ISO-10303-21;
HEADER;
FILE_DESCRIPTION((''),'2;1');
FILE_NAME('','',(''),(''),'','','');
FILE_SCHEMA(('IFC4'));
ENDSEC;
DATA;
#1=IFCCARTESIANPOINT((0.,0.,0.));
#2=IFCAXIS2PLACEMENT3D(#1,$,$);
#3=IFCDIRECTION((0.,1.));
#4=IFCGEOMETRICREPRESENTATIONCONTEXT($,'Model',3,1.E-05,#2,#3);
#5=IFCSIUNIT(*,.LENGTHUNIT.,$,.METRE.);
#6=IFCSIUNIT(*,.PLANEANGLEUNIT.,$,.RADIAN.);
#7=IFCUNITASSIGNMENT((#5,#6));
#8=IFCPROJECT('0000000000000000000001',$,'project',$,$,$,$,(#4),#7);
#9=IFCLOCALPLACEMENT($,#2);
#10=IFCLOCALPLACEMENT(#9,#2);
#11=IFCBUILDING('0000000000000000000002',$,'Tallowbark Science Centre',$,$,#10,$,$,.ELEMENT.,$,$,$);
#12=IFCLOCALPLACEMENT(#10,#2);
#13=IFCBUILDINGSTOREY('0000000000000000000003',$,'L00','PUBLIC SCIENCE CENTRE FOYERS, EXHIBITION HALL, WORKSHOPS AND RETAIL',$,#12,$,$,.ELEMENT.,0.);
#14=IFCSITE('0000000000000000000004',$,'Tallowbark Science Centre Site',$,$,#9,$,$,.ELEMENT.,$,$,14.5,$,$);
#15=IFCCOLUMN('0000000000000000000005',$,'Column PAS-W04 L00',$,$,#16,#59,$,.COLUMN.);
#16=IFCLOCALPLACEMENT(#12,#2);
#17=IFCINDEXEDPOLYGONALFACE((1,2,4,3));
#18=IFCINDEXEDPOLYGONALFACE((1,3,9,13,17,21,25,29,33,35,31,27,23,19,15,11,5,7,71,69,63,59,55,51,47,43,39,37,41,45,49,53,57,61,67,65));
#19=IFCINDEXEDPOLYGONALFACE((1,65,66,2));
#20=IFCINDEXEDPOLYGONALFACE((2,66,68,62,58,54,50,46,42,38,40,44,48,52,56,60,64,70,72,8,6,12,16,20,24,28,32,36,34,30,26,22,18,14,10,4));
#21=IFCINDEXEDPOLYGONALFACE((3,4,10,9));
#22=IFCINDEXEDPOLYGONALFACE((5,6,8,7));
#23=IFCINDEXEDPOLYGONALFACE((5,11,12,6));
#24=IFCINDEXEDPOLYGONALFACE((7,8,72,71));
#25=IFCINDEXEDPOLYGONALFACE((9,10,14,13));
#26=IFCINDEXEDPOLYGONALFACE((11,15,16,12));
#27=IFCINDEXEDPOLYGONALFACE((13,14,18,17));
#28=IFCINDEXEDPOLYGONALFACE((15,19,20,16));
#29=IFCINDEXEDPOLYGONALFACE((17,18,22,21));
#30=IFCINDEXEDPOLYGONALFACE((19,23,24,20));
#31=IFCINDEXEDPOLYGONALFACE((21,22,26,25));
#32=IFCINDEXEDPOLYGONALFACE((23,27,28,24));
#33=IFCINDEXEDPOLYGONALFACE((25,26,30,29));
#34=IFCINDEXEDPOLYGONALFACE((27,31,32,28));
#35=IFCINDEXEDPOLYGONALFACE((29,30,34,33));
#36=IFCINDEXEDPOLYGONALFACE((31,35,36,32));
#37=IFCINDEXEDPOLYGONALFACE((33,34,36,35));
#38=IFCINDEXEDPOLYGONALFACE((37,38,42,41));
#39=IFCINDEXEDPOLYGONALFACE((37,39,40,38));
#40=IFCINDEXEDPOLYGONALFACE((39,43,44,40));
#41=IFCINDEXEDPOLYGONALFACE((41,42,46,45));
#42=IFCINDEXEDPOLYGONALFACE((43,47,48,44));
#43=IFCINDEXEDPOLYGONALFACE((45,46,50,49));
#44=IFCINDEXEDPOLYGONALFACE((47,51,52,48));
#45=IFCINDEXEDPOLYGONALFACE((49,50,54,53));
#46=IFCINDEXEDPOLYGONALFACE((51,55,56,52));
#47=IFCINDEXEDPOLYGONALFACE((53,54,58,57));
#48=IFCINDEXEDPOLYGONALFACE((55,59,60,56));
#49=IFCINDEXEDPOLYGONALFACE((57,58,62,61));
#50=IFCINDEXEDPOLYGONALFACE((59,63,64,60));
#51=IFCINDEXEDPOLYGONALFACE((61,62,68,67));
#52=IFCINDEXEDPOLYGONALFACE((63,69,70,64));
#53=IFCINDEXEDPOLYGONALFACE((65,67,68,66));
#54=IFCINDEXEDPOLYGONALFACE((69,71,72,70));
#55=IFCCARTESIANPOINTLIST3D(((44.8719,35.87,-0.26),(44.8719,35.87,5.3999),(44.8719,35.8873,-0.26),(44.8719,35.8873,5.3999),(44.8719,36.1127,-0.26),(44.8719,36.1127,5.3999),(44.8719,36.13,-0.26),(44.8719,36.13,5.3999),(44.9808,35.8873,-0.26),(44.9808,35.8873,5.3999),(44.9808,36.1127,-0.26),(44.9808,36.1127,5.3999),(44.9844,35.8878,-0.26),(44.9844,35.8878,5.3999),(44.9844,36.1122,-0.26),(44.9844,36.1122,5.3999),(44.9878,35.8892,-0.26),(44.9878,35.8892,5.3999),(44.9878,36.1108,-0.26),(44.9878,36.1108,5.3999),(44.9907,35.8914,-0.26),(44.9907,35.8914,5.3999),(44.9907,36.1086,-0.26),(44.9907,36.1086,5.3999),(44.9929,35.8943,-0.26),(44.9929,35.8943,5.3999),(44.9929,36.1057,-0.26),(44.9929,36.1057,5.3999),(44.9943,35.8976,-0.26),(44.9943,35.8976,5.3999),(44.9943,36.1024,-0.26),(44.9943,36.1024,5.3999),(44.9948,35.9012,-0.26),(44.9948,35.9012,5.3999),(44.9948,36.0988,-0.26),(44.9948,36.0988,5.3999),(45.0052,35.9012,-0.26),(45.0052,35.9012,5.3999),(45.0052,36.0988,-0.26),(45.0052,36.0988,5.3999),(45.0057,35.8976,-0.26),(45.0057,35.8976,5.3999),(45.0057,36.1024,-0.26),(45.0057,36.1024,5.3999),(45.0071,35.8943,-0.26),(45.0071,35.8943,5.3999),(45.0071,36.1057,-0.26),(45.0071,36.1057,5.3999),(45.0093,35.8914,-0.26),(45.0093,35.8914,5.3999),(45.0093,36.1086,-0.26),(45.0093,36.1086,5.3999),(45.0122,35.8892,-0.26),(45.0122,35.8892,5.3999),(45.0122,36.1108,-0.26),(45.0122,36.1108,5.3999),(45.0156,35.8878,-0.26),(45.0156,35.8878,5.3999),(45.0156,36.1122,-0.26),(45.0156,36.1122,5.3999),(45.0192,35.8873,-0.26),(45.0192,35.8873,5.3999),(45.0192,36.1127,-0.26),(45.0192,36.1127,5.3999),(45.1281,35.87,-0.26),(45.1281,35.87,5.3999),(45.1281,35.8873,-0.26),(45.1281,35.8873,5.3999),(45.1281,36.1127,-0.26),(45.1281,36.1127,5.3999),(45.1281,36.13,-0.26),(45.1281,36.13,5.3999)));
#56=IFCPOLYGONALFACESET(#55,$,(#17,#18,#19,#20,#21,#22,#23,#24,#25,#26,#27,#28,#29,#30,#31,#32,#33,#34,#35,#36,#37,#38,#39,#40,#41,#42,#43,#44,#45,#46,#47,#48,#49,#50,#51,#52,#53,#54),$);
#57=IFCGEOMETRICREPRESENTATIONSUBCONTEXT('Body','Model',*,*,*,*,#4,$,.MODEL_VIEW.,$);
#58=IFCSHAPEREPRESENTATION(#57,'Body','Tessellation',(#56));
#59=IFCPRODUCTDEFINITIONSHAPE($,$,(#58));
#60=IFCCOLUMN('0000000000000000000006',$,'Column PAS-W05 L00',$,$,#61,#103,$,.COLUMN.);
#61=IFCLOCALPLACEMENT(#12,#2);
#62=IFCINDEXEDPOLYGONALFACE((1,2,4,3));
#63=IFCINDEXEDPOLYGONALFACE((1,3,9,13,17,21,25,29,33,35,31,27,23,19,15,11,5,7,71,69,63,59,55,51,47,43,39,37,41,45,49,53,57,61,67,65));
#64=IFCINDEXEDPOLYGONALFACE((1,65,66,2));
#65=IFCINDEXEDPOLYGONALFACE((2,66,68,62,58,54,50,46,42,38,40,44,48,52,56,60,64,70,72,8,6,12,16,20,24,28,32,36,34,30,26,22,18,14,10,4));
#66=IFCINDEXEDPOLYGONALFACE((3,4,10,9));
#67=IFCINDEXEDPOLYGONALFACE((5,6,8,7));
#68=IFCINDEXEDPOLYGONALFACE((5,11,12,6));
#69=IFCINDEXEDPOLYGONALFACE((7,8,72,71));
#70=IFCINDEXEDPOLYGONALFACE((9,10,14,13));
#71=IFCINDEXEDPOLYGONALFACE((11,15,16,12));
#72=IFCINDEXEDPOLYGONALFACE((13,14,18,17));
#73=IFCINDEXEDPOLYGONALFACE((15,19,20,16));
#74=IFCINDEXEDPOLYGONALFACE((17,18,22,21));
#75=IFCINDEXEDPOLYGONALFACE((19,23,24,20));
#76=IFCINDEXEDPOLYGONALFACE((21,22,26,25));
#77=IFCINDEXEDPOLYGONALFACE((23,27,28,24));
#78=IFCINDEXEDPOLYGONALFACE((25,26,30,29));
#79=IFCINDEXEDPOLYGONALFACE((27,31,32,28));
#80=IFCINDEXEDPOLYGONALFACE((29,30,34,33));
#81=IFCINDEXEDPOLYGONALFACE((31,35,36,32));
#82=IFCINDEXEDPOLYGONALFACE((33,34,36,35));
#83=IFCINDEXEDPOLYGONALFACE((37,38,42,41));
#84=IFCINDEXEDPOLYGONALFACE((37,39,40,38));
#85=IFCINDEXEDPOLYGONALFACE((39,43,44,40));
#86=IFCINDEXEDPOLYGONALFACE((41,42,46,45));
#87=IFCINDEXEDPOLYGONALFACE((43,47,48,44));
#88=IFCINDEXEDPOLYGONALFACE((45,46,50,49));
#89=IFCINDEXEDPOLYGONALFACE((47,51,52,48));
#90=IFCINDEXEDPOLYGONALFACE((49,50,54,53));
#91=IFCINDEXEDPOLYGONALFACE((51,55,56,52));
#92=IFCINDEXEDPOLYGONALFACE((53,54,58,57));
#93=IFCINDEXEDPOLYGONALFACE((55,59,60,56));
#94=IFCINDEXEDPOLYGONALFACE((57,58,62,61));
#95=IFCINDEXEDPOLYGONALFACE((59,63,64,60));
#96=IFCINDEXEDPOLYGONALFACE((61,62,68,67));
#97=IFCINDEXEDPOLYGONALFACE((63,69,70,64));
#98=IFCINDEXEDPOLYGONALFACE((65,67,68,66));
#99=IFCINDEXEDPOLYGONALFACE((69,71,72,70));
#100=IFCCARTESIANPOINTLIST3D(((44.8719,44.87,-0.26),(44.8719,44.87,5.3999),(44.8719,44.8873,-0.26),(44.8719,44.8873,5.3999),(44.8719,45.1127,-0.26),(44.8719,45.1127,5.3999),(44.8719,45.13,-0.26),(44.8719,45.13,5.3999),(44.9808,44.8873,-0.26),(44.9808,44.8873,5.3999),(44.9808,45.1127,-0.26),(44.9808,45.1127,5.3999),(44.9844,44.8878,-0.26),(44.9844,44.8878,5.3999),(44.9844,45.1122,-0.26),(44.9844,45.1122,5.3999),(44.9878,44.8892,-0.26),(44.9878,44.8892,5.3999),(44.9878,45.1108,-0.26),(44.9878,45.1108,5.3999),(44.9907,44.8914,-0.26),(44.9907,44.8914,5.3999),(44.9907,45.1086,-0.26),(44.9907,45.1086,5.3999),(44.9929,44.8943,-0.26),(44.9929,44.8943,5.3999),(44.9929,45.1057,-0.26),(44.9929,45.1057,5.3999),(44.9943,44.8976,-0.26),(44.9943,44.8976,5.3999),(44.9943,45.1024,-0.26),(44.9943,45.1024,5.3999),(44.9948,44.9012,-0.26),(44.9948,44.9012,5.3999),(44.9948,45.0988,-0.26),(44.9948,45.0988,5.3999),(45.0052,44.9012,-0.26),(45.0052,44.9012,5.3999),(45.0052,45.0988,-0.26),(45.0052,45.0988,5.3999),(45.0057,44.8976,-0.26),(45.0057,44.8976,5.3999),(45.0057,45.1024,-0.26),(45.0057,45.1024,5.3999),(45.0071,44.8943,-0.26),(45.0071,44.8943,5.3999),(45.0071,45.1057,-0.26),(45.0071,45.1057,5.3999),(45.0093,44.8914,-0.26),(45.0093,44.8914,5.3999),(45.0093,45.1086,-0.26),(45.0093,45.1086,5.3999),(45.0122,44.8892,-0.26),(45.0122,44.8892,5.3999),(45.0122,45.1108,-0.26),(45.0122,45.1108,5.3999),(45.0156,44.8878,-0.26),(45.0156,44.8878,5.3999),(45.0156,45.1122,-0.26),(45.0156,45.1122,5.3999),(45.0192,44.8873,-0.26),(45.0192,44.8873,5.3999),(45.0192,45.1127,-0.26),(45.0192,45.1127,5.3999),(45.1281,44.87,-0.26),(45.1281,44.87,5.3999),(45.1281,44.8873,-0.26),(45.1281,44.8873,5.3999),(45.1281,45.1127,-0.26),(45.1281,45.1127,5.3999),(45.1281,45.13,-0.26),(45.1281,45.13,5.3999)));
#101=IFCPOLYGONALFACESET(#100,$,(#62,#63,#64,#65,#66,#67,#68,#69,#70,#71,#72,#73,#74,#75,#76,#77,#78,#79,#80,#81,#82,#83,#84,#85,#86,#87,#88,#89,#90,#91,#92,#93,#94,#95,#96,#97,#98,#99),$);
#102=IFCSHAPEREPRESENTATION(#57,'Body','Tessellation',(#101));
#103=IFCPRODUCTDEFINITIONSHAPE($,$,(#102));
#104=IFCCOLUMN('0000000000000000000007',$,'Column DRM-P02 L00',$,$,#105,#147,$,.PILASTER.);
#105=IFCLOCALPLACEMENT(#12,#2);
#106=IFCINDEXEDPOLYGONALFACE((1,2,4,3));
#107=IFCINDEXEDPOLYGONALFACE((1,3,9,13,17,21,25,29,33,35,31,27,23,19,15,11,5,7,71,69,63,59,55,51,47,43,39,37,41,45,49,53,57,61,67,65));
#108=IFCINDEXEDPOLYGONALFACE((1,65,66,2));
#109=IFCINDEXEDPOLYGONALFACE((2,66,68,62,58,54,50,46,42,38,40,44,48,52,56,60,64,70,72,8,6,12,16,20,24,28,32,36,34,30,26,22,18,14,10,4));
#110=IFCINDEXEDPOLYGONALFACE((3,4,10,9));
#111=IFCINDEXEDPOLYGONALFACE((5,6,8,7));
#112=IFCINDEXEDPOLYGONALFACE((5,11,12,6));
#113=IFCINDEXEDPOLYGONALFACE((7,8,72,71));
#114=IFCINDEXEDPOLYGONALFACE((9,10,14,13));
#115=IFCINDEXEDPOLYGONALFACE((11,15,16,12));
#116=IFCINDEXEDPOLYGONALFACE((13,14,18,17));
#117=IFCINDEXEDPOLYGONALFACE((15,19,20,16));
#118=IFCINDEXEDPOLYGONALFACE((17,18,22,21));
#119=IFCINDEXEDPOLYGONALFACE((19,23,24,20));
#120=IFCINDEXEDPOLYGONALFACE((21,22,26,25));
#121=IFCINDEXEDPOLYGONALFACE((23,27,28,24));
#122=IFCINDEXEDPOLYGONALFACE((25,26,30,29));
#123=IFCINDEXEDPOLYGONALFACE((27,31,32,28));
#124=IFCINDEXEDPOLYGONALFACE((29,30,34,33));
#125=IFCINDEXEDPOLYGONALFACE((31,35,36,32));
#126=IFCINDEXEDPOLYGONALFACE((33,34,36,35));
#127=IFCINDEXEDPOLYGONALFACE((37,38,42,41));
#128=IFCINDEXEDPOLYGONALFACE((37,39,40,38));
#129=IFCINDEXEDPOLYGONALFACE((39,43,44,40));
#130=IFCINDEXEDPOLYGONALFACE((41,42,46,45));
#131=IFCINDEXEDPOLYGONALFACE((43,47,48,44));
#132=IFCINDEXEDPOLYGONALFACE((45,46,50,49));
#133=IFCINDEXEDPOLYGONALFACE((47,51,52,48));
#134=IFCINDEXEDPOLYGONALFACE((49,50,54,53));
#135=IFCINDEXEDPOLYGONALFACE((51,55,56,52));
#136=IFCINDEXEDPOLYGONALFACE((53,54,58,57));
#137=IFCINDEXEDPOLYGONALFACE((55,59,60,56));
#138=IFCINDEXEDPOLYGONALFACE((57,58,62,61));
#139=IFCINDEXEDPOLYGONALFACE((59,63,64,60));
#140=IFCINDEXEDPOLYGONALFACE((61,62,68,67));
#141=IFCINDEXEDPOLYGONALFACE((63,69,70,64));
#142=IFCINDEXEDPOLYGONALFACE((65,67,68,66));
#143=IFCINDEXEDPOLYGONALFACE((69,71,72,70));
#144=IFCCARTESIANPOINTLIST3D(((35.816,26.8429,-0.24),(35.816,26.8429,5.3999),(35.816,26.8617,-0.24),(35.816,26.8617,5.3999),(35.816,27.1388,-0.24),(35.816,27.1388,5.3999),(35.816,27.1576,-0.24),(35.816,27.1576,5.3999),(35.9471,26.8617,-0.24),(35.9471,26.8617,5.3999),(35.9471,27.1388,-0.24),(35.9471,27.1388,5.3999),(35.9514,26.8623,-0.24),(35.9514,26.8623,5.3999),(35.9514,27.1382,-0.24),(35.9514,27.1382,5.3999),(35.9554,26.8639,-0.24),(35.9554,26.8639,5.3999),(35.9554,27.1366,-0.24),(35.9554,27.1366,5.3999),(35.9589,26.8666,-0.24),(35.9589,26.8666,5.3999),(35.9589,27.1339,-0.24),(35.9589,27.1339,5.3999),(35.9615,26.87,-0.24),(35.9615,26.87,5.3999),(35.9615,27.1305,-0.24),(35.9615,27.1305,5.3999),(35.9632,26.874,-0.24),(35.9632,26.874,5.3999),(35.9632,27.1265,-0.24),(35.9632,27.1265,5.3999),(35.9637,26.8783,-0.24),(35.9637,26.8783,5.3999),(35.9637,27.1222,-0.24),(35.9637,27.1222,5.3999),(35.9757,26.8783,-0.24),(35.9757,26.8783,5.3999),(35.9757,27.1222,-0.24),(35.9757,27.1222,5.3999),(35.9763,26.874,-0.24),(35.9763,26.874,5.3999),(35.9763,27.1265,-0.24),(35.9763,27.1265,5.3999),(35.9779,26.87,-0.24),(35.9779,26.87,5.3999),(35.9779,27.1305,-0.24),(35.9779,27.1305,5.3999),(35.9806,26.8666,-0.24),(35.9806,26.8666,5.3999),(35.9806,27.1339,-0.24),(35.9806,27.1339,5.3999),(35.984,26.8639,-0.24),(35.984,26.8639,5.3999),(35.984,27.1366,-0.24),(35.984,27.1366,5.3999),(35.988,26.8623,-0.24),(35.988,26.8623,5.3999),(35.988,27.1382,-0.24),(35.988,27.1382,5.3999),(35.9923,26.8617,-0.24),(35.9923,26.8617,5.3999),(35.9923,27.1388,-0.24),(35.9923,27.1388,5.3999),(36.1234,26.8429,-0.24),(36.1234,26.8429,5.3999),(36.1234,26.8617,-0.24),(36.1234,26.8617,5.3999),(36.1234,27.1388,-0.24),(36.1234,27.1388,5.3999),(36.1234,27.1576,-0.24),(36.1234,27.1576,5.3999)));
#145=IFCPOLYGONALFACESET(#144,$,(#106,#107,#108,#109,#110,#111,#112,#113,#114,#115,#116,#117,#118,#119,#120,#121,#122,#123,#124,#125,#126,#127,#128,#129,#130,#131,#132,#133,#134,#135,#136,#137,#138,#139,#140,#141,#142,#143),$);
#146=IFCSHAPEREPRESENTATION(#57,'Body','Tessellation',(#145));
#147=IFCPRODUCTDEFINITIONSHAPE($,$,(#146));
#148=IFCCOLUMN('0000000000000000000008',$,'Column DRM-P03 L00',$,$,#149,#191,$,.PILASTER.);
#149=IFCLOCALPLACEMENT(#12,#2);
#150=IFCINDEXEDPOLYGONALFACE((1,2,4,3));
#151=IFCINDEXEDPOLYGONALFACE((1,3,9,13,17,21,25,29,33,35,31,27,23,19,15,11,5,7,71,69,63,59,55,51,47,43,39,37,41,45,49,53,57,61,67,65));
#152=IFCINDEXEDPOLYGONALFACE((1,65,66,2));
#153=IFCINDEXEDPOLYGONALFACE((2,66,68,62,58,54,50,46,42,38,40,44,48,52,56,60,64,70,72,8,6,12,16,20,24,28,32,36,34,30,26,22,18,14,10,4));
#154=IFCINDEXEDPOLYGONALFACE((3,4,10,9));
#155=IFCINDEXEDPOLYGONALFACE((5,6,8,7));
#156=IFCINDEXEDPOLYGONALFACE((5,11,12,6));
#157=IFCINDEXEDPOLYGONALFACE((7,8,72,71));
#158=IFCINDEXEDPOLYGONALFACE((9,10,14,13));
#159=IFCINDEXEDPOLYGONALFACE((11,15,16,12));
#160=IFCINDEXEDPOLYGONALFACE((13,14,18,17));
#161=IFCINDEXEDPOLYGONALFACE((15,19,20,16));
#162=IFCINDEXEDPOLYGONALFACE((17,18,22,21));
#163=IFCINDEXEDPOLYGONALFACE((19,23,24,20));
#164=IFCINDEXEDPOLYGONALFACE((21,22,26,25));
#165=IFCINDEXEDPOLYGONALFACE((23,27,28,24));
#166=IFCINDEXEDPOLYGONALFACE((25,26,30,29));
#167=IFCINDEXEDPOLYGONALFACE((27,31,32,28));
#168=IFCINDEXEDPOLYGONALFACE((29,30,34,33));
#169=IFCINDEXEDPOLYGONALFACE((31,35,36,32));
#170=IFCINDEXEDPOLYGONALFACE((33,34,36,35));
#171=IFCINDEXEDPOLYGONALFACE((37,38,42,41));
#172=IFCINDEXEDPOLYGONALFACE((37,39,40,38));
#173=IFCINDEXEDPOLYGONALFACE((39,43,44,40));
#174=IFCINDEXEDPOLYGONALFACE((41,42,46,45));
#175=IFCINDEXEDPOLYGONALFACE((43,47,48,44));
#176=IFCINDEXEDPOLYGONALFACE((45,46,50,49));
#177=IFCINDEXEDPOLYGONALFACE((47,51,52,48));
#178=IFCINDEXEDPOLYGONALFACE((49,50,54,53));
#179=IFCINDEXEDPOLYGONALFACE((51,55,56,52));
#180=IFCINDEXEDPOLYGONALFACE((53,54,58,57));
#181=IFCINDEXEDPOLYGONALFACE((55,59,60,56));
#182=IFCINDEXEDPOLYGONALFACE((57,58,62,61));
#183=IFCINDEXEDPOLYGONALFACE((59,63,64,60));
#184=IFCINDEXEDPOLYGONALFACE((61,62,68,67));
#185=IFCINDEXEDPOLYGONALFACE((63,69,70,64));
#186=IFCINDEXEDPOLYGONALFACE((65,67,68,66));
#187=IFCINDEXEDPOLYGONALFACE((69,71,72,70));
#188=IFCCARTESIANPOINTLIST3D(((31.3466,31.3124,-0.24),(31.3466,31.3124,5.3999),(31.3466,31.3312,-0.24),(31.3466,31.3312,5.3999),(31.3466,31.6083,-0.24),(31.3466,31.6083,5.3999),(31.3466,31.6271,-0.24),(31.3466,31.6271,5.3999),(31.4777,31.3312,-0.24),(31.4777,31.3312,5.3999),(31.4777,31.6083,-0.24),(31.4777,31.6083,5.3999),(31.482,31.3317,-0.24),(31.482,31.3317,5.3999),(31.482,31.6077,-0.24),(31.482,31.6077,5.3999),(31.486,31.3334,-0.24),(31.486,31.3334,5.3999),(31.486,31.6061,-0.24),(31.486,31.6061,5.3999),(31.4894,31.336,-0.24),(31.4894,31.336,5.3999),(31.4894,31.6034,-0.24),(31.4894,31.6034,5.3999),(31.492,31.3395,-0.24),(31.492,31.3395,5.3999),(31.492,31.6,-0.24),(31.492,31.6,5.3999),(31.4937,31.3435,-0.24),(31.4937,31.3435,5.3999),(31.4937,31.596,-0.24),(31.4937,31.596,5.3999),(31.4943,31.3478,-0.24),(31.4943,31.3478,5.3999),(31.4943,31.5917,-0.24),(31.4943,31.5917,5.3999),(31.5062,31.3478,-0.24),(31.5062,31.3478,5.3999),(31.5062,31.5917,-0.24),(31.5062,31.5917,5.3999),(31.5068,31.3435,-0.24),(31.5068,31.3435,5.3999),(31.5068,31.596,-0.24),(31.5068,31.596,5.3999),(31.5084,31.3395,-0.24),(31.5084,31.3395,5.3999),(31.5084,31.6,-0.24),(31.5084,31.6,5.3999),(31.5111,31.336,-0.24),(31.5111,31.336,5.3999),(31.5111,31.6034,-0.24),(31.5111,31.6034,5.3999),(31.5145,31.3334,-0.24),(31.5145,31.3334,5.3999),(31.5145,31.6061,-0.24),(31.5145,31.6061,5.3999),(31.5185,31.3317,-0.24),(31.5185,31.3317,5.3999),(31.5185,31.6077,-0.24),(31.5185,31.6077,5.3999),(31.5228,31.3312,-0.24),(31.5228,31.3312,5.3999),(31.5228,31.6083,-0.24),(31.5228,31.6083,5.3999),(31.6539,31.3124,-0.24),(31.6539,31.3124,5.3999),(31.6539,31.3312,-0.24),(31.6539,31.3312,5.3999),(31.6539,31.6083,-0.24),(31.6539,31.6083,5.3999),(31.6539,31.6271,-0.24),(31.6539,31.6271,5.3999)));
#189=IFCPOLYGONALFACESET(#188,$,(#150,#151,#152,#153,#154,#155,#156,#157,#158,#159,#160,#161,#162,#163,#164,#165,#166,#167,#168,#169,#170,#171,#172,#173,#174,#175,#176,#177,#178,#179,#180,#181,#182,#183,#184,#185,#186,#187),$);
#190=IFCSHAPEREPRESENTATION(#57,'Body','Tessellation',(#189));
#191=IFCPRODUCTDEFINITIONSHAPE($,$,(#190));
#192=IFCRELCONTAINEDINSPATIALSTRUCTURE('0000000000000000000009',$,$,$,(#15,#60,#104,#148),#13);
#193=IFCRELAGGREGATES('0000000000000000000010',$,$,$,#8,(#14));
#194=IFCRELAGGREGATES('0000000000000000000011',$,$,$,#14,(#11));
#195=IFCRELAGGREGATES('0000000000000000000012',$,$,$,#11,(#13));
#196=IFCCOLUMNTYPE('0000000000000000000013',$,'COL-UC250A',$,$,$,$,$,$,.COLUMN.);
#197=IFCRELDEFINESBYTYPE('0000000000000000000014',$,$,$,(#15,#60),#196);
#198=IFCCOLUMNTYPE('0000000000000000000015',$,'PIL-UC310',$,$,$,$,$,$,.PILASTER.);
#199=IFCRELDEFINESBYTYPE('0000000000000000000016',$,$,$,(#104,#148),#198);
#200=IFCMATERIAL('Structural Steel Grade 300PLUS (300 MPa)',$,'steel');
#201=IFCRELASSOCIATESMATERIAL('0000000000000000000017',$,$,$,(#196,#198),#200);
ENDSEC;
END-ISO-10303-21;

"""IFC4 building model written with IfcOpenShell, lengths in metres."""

from ifc_helpers import new_model, si_unit, direction, frame, origin, origin_2d, place, context, subcontext, project, spatial, i_section, extrude, material, material_profile, profile_set, type_object, element, save


model = new_model("IFC4")

# Units and contexts
model_context = context("Model", 3, precision=1e-05, world=origin(), true_north=direction((0.0, 1.0)))
body_context = subcontext(model_context, "Body", "Model", "MODEL_VIEW")
ifc_project = project(units=[si_unit("LENGTHUNIT", "METRE"), si_unit("PLANEANGLEUNIT", "RADIAN")], contexts=[model_context])

# Site, building, storey
site_placement = place(None, origin())
site = spatial("IfcSite", under=ifc_project, at=site_placement, Name="Tallowbark Science Centre Site", CompositionType="ELEMENT", RefElevation=14.5)
building_placement = place(site_placement, origin())
building = spatial("IfcBuilding", under=site, at=building_placement, Name="Tallowbark Science Centre", CompositionType="ELEMENT")
storey_placement = place(building_placement, origin())
storey = spatial("IfcBuildingStorey", under=building, at=storey_placement, Name="L00", Description="PUBLIC SCIENCE CENTRE FOYERS, EXHIBITION HALL, WORKSHOPS AND RETAIL", CompositionType="ELEMENT", Elevation=0.0)

# Columns
ifc_material_1 = material(Name="Structural Steel Grade 300PLUS (300 MPa)", Category="steel")
ifc_material_profile_1 = material_profile(ifc_material_1, i_section(OverallWidth=0.2561, OverallDepth=0.26, WebThickness=0.0105, FlangeThickness=0.0173, FilletRadius=0.0139, at=origin_2d()), Name="250UC89.5")
ifc_profile_set_1 = profile_set([ifc_material_profile_1], Name="Structural Steel Grade 300PLUS (300 MPa)")
column_type_1 = type_object("IfcColumnType", Name="COL-UC250A", PredefinedType="COLUMN", material=ifc_profile_set_1)
for number, where, z_axis, x_axis, name in (
    (1, (45.0, 36.0, -0.26), (0.0, 0.0, 1.0), (1.0, 0.0, 0.0), "Column PAS-W04 L00"),
    (2, (45.0, 45.0, -0.26), (0.0, 0.0, 1.0), (1.0, 0.0, 0.0), "Column PAS-W05 L00"),
):
    element("IfcColumn", number, at=place(storey_placement, frame(where, z_axis=z_axis, x_axis=x_axis)), inside=storey, type_object=column_type_1, Name=name, PredefinedType="COLUMN", context=body_context, shape_type="SweptSolid", body=[
        extrude(i_section(OverallWidth=0.2561, OverallDepth=0.26, WebThickness=0.0105, FlangeThickness=0.0173, FilletRadius=0.0139, at=origin_2d()), origin(), (0.0, 0.0, 1.0), 5.6599),
    ])
ifc_material_profile_2 = material_profile(ifc_material_1, i_section(OverallWidth=0.3074, OverallDepth=0.3147, WebThickness=0.012, FlangeThickness=0.0188, FilletRadius=0.0166, at=origin_2d()), Name="310UC118")
ifc_profile_set_2 = profile_set([ifc_material_profile_2], Name="Structural Steel Grade 300PLUS (300 MPa)")
column_type_2 = type_object("IfcColumnType", Name="PIL-UC310", PredefinedType="PILASTER", material=ifc_profile_set_2)
for number, where, z_axis, x_axis, name in (
    (3, (35.9697, 27.0002, -0.24), (0.0, 0.0, 1.0), (1.0, 0.0, 0.0), "Column DRM-P02 L00"),
    (4, (31.5002, 31.4697, -0.24), (0.0, 0.0, 1.0), (1.0, 0.0, 0.0), "Column DRM-P03 L00"),
):
    element("IfcColumn", number, at=place(storey_placement, frame(where, z_axis=z_axis, x_axis=x_axis)), inside=storey, type_object=column_type_2, Name=name, PredefinedType="PILASTER", context=body_context, shape_type="SweptSolid", body=[
        extrude(i_section(OverallWidth=0.3074, OverallDepth=0.3147, WebThickness=0.012, FlangeThickness=0.0188, FilletRadius=0.0166, at=origin_2d()), origin(), (0.0, 0.0, 1.0), 5.6399),
    ])

save(model, "model.ifc")
